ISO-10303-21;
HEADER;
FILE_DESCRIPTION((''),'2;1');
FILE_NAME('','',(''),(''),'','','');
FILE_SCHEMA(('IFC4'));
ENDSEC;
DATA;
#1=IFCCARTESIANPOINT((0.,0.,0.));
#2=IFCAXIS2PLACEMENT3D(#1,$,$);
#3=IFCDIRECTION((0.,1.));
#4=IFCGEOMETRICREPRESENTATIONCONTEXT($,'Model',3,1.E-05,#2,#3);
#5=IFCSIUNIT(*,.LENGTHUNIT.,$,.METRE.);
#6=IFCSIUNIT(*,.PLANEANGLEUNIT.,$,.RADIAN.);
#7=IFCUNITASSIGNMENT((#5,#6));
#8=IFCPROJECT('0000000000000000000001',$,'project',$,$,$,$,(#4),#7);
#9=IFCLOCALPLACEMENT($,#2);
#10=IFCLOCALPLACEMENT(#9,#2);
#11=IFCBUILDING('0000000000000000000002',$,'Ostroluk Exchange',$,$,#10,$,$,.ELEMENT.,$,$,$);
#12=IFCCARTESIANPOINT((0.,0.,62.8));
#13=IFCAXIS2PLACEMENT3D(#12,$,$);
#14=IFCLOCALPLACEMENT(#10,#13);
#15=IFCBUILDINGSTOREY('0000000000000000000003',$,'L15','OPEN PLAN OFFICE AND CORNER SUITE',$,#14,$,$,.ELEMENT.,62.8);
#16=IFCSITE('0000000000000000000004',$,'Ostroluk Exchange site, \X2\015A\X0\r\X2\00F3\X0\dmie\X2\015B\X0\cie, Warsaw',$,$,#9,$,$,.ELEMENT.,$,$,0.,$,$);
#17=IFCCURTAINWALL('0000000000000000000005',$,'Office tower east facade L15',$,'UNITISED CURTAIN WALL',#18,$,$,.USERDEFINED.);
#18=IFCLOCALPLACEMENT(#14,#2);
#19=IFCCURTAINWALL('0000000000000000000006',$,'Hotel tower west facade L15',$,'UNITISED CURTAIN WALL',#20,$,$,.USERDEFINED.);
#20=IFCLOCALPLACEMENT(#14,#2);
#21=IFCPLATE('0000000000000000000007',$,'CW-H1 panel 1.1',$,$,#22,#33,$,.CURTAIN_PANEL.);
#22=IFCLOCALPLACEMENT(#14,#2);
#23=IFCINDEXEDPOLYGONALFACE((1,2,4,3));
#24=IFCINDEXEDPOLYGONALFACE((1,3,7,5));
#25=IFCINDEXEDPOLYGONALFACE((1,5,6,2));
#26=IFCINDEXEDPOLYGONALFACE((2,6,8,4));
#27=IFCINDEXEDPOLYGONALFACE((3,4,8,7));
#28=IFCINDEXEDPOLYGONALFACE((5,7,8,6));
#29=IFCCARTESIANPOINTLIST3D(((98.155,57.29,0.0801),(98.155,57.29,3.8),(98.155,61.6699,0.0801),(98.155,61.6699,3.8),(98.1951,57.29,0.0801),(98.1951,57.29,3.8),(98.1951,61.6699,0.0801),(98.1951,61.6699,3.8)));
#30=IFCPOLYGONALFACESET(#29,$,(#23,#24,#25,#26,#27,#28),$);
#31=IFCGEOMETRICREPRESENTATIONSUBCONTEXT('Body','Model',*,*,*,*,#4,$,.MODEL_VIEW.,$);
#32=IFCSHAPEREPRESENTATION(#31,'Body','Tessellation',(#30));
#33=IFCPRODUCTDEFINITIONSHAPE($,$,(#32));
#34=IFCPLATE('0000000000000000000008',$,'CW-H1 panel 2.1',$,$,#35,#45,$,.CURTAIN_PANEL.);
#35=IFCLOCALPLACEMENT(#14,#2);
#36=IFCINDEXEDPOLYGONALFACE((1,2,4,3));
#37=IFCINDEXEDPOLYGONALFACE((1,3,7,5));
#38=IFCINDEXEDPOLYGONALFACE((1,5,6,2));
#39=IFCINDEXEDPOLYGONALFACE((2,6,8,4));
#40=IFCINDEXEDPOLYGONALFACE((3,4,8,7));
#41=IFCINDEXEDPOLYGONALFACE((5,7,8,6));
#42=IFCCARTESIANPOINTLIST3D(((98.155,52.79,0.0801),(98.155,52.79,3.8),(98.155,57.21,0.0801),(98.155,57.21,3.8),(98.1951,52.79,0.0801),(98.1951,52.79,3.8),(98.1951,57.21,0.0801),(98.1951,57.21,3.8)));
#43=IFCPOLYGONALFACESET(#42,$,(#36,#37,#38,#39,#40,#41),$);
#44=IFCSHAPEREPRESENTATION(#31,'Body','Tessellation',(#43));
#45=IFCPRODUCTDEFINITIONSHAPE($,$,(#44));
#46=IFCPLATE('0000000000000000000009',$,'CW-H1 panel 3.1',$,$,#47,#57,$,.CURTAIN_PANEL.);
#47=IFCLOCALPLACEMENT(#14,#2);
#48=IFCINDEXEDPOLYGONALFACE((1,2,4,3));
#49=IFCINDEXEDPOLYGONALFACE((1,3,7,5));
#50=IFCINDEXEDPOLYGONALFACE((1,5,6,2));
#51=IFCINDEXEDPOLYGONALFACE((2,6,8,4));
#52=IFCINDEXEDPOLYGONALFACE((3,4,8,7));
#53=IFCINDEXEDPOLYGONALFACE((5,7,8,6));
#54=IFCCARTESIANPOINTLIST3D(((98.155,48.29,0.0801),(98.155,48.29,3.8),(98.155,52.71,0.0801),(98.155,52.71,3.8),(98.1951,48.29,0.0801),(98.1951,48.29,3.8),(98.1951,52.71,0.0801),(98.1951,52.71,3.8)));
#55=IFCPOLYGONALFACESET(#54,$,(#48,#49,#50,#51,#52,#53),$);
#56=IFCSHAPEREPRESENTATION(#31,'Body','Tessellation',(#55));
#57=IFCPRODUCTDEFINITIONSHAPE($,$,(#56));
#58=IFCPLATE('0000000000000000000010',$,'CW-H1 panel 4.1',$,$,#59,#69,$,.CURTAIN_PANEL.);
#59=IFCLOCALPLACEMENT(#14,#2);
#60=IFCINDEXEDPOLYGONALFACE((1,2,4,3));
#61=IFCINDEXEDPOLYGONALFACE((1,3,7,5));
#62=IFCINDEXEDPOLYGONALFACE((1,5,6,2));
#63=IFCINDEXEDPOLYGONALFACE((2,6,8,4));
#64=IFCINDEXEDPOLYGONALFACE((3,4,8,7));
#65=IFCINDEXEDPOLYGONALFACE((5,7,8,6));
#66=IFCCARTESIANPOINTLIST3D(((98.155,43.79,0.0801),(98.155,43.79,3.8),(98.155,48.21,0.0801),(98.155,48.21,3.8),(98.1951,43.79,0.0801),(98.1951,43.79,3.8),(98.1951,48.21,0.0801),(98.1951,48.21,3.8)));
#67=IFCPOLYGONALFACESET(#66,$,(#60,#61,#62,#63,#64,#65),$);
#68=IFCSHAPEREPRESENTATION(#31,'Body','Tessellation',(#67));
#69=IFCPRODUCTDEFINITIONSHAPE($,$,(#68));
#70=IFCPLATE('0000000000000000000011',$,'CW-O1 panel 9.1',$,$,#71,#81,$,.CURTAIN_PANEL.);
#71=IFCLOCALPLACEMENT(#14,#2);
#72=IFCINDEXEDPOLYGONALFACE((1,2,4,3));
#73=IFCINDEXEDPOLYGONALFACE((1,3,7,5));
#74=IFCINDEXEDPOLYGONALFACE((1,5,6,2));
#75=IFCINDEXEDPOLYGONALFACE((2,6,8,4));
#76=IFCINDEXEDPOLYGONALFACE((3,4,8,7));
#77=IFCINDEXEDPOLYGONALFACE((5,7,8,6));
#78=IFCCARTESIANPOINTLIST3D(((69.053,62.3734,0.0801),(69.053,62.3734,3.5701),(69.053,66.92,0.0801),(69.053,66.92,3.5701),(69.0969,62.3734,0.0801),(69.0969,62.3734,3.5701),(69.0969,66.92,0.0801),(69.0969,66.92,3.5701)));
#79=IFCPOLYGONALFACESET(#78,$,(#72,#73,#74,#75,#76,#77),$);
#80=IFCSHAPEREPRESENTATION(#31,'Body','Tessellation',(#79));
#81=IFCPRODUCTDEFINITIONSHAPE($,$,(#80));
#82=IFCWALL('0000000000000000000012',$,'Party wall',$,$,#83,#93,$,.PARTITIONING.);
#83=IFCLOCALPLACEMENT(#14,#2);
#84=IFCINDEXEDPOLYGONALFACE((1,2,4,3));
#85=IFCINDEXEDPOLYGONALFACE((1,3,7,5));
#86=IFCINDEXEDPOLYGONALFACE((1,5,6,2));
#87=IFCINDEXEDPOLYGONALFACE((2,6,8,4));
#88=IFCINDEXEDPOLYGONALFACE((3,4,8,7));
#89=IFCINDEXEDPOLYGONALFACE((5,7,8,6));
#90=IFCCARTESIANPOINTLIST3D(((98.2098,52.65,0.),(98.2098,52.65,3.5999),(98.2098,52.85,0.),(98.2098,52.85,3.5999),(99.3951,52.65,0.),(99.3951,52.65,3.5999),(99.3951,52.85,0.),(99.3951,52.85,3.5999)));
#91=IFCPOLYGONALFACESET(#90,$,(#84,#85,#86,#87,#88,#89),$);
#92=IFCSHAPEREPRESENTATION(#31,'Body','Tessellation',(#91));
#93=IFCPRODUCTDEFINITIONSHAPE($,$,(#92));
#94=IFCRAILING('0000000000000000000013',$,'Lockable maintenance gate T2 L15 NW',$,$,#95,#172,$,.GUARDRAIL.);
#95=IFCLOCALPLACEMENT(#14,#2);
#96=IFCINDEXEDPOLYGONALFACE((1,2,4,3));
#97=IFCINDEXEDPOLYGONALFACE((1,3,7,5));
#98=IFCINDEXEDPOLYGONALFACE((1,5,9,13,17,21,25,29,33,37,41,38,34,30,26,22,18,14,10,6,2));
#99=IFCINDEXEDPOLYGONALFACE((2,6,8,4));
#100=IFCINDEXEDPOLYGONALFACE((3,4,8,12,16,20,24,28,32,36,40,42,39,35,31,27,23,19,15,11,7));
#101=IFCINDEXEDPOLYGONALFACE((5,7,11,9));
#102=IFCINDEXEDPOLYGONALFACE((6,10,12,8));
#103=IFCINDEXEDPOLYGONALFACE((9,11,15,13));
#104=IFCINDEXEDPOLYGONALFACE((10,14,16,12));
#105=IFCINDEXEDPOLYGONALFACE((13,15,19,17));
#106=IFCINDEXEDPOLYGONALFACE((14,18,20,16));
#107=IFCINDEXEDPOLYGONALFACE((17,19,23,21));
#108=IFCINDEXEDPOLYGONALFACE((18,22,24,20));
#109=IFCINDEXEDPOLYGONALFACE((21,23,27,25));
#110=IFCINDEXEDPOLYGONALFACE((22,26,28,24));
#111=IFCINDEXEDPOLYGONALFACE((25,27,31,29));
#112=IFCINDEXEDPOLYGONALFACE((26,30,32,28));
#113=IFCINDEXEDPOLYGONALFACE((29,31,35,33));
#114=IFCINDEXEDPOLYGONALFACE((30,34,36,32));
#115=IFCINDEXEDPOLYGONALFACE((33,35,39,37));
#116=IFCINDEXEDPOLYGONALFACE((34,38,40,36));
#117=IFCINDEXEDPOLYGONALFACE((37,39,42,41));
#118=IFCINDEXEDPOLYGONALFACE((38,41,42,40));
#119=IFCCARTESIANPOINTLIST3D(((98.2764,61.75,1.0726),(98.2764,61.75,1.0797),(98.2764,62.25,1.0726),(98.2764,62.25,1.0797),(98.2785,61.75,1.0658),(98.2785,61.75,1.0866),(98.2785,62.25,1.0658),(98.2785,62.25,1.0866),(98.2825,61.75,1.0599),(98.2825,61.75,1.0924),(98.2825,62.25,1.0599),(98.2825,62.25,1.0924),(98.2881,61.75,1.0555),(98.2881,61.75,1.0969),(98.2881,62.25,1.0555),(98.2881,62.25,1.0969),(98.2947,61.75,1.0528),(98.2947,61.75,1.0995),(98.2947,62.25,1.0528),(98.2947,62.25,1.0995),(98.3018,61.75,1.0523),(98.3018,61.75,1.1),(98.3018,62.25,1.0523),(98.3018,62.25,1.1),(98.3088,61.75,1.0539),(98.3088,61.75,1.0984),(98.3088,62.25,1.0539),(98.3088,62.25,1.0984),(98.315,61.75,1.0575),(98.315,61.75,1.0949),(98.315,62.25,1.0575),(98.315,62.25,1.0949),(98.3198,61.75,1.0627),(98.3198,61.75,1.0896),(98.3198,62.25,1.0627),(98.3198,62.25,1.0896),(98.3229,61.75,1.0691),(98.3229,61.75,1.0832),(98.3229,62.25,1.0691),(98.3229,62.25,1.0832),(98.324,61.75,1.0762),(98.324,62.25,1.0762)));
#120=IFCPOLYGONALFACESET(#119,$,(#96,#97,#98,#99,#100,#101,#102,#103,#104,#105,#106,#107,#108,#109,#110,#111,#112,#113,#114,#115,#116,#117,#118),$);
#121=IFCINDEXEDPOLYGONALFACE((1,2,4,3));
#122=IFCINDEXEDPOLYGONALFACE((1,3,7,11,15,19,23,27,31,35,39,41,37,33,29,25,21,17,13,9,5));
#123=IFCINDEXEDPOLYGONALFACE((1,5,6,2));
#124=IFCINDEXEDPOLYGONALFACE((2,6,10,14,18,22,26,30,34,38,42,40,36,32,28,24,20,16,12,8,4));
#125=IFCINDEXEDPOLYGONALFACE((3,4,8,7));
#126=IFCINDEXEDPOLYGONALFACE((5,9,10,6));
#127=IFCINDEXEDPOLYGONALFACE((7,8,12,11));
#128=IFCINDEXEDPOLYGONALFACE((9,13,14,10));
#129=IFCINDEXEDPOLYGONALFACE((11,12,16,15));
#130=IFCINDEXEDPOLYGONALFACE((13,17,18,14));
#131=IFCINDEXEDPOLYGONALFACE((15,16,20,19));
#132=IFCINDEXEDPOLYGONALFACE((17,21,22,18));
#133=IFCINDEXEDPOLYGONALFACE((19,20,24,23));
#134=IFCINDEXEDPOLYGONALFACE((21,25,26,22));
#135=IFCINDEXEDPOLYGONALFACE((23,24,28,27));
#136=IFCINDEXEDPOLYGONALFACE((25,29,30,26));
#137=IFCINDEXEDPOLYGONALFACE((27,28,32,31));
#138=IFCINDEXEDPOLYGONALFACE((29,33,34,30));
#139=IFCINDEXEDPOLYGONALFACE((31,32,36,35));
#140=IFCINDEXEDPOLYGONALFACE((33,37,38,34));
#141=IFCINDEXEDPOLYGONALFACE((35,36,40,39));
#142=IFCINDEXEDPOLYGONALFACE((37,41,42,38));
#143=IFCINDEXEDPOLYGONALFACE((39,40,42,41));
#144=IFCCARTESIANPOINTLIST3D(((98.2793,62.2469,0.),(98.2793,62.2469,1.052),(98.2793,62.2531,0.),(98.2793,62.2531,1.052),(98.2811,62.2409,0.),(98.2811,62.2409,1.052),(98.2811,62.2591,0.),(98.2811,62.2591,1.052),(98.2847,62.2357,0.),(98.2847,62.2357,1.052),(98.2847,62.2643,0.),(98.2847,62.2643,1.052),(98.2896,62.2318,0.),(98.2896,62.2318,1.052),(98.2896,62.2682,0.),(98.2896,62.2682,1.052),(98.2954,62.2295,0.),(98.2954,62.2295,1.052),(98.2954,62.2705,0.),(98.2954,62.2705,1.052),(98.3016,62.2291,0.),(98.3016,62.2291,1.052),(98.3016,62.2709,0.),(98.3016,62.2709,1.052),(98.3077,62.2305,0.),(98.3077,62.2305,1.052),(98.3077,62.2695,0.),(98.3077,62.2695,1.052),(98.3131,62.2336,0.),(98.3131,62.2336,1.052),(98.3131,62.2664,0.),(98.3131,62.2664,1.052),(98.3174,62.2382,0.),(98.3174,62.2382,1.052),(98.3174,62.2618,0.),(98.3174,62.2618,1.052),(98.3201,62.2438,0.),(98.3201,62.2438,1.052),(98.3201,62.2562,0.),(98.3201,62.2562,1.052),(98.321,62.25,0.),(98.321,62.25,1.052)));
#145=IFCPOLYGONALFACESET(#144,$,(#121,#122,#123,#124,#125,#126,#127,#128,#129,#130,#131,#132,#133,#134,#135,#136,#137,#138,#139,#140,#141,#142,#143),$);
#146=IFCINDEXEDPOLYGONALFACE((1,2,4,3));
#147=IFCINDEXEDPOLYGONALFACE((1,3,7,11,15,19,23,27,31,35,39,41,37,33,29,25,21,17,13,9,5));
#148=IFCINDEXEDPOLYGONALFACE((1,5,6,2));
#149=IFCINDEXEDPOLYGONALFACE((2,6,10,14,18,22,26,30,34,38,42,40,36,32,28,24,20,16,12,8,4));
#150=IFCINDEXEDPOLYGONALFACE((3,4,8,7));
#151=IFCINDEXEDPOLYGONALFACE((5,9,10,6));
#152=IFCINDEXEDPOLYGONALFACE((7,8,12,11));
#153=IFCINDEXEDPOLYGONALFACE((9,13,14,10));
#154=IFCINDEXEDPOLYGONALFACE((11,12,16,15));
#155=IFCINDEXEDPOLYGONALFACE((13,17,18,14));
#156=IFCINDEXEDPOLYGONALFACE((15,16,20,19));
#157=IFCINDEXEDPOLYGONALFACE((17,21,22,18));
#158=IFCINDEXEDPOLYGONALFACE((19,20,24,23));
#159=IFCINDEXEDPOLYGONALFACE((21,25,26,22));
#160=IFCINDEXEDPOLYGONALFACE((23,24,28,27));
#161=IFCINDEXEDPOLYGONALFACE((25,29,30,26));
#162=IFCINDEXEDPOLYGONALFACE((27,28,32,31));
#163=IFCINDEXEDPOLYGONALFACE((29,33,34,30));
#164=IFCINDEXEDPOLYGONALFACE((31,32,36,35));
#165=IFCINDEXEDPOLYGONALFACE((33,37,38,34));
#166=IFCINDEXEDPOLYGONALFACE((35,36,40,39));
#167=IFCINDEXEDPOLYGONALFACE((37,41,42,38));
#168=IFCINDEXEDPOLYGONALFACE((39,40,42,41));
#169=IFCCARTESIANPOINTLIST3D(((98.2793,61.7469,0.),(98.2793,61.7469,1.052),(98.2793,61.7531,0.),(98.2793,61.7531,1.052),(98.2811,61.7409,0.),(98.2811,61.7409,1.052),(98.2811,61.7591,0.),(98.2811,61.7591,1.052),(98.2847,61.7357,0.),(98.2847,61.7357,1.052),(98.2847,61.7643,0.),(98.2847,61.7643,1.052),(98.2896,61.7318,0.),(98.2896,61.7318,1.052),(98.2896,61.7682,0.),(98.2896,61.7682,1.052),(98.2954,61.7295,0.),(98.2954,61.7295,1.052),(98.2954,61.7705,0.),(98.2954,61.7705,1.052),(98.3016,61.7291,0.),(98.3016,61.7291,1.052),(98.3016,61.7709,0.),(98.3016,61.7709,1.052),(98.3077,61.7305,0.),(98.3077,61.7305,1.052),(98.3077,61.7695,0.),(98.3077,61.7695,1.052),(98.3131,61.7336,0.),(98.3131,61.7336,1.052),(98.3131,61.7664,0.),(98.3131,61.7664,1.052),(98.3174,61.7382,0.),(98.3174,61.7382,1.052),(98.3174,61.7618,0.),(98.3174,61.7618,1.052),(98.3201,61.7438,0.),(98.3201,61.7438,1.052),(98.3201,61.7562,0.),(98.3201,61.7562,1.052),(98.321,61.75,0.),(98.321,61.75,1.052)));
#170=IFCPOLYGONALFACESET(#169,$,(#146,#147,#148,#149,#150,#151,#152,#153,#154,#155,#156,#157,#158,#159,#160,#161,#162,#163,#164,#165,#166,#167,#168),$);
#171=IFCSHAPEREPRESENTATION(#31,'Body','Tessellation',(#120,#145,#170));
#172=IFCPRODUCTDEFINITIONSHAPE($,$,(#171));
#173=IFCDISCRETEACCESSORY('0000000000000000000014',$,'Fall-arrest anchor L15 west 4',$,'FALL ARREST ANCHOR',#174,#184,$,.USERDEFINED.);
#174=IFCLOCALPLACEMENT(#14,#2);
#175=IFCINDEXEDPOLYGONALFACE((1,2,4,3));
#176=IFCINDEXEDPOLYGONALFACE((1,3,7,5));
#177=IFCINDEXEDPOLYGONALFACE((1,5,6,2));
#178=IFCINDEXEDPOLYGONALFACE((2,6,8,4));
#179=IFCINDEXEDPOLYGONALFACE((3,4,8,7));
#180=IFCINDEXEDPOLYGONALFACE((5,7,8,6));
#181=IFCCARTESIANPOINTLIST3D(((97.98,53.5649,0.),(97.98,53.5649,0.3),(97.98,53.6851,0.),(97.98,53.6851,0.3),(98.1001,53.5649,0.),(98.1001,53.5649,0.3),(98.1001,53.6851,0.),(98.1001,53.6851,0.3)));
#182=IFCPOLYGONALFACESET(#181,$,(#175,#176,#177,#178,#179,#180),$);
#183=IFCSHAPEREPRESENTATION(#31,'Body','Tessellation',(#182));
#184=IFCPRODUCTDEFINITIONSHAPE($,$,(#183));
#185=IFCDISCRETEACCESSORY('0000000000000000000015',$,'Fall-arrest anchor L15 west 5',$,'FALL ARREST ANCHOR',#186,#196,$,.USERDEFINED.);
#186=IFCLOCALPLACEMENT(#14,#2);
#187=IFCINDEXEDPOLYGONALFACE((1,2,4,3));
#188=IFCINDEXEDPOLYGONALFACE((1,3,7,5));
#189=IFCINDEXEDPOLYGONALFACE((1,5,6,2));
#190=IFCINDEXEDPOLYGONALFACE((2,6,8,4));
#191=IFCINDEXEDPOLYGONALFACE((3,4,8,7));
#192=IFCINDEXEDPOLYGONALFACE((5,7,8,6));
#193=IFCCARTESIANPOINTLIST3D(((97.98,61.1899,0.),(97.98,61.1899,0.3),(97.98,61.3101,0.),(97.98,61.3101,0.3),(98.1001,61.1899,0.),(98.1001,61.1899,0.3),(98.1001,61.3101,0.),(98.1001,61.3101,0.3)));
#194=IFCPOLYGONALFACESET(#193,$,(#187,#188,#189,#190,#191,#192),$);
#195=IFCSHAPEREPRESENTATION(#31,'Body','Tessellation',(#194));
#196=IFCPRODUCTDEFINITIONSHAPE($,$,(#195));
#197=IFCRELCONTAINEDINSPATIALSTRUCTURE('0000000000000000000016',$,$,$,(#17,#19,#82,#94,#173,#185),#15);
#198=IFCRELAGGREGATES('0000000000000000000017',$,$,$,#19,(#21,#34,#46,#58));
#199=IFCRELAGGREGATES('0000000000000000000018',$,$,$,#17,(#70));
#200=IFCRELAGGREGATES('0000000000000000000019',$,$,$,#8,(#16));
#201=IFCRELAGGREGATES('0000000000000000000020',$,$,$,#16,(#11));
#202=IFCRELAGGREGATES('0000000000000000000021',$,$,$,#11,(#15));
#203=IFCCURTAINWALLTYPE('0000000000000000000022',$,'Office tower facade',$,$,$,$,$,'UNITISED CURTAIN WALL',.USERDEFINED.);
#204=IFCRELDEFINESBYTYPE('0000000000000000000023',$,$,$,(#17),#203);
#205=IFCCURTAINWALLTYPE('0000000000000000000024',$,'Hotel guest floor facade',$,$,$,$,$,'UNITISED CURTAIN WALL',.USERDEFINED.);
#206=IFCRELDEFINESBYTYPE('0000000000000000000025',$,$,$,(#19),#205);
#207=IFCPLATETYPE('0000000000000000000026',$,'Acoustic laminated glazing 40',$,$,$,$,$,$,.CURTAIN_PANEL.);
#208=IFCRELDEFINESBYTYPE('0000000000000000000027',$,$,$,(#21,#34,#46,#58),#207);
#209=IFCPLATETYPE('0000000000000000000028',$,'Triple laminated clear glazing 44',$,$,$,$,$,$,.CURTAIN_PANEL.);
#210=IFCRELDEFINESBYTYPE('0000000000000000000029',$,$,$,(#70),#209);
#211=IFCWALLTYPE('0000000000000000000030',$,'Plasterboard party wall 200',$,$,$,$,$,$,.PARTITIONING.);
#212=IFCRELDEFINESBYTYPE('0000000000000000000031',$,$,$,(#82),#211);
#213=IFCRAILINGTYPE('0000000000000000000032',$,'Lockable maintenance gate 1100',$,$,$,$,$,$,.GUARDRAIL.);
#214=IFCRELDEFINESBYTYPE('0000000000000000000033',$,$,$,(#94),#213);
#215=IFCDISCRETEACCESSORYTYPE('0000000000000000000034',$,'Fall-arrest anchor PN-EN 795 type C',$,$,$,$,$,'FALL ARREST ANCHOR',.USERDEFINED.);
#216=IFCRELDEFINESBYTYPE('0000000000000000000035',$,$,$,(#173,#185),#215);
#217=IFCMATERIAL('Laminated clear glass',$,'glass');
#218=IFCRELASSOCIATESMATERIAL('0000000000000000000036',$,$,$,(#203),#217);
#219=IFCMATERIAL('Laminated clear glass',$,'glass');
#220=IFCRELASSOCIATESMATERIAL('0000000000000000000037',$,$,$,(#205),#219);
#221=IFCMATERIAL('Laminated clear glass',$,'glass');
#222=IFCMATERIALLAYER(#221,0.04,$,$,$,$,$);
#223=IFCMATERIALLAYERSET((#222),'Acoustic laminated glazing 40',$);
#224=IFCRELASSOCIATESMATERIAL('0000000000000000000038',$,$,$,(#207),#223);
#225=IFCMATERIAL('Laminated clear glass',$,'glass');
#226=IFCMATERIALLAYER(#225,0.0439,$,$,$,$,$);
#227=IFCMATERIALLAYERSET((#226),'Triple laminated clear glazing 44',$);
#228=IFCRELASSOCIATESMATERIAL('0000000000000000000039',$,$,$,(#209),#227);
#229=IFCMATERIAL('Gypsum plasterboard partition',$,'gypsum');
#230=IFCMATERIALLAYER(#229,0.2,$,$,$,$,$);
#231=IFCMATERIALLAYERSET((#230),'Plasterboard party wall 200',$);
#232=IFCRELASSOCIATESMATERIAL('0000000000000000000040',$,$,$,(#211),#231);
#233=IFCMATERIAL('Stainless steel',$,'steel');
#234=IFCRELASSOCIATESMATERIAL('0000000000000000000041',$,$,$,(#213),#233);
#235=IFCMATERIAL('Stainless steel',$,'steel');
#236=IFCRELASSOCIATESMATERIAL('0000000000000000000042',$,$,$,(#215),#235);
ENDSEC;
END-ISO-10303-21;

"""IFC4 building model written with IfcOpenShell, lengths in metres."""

from ifc_helpers import new_model, si_unit, direction, frame, frame_2d, origin, origin_2d, place, context, subcontext, project, spatial, rectangle, circle, extrude, material, layer, layer_set, type_object, element, aggregate, save


model = new_model("IFC4")

# Units and contexts
model_context = context("Model", 3, precision=1e-05, world=origin(), true_north=direction((0.0, 1.0)))
body_context = subcontext(model_context, "Body", "Model", "MODEL_VIEW")
ifc_project = project(units=[si_unit("LENGTHUNIT", "METRE"), si_unit("PLANEANGLEUNIT", "RADIAN")], contexts=[model_context])

# Site, building, storey
site_placement = place(None, origin())
site = spatial("IfcSite", under=ifc_project, at=site_placement, Name="Ostroluk Exchange site, Śródmieście, Warsaw", CompositionType="ELEMENT", RefElevation=0.0)
building_placement = place(site_placement, origin())
building = spatial("IfcBuilding", under=site, at=building_placement, Name="Ostroluk Exchange", CompositionType="ELEMENT")
storey_placement = place(building_placement, frame((0.0, 0.0, 62.8)))
storey = spatial("IfcBuildingStorey", under=building, at=storey_placement, Name="L15", Description="OPEN PLAN OFFICE AND CORNER SUITE", CompositionType="ELEMENT", Elevation=62.8)

# Curtain wall
ifc_material_1 = material(Name="Laminated clear glass", Category="glass")
curtain_wall_type_1 = type_object("IfcCurtainWallType", Name="Office tower facade", ElementType="UNITISED CURTAIN WALL", PredefinedType="USERDEFINED", material=ifc_material_1)
curtain_wall_1_placement = place(storey_placement, origin())
curtain_wall_1 = element("IfcCurtainWall", 1, at=curtain_wall_1_placement, inside=storey, type_object=curtain_wall_type_1, Name="Office tower east facade L15", ObjectType="UNITISED CURTAIN WALL", PredefinedType="USERDEFINED")

# Curtain wall
ifc_material_2 = material(Name="Laminated clear glass", Category="glass")
curtain_wall_type_2 = type_object("IfcCurtainWallType", Name="Hotel guest floor facade", ElementType="UNITISED CURTAIN WALL", PredefinedType="USERDEFINED", material=ifc_material_2)
curtain_wall_2_placement = place(storey_placement, origin())
curtain_wall_2 = element("IfcCurtainWall", 2, at=curtain_wall_2_placement, inside=storey, type_object=curtain_wall_type_2, Name="Hotel tower west facade L15", ObjectType="UNITISED CURTAIN WALL", PredefinedType="USERDEFINED")

# Plates
ifc_material_3 = material(Name="Laminated clear glass", Category="glass")
ifc_layer_1 = layer(ifc_material_3, 0.04)
ifc_layer_set_1 = layer_set([ifc_layer_1], Name="Acoustic laminated glazing 40")
plate_type_1 = type_object("IfcPlateType", Name="Acoustic laminated glazing 40", PredefinedType="CURTAIN_PANEL", material=ifc_layer_set_1)
plate_1_placement = place(storey_placement, frame((98.175, 59.48, 0.0801), z_axis=(0.0, 0.0, 1.0), x_axis=(0.0, -1.0, 0.0)))
plate_1 = element("IfcPlate", 3, at=plate_1_placement, type_object=plate_type_1, Name="CW-H1 panel 1.1", PredefinedType="CURTAIN_PANEL", context=body_context, shape_type="SweptSolid", body=[
    extrude(rectangle(XDim=4.3799, YDim=0.04, at=origin_2d()), origin(), (0.0, 0.0, 1.0), 3.72),
])
plate_2_placement = place(storey_placement, frame((98.175, 55.0, 0.0801), z_axis=(0.0, 0.0, 1.0), x_axis=(0.0, -1.0, 0.0)))
plate_2 = element("IfcPlate", 4, at=plate_2_placement, type_object=plate_type_1, Name="CW-H1 panel 2.1", PredefinedType="CURTAIN_PANEL", context=body_context, shape_type="SweptSolid", body=[
    extrude(rectangle(XDim=4.4199, YDim=0.04, at=origin_2d()), origin(), (0.0, 0.0, 1.0), 3.72),
])
plate_3_placement = place(storey_placement, frame((98.175, 50.5, 0.0801), z_axis=(0.0, 0.0, 1.0), x_axis=(0.0, -1.0, 0.0)))
plate_3 = element("IfcPlate", 5, at=plate_3_placement, type_object=plate_type_1, Name="CW-H1 panel 3.1", PredefinedType="CURTAIN_PANEL", context=body_context, shape_type="SweptSolid", body=[
    extrude(rectangle(XDim=4.4199, YDim=0.04, at=origin_2d()), origin(), (0.0, 0.0, 1.0), 3.72),
])
plate_4_placement = place(storey_placement, frame((98.175, 46.0, 0.0801), z_axis=(0.0, 0.0, 1.0), x_axis=(0.0, -1.0, 0.0)))
plate_4 = element("IfcPlate", 6, at=plate_4_placement, type_object=plate_type_1, Name="CW-H1 panel 4.1", PredefinedType="CURTAIN_PANEL", context=body_context, shape_type="SweptSolid", body=[
    extrude(rectangle(XDim=4.4199, YDim=0.04, at=origin_2d()), origin(), (0.0, 0.0, 1.0), 3.72),
])
aggregate(curtain_wall_2, [plate_1, plate_2, plate_3, plate_4])
ifc_material_4 = material(Name="Laminated clear glass", Category="glass")
ifc_layer_2 = layer(ifc_material_4, 0.0439)
ifc_layer_set_2 = layer_set([ifc_layer_2], Name="Triple laminated clear glazing 44")
plate_type_2 = type_object("IfcPlateType", Name="Triple laminated clear glazing 44", PredefinedType="CURTAIN_PANEL", material=ifc_layer_set_2)
plate_5_placement = place(storey_placement, frame((69.075, 64.6467, 0.0801), z_axis=(0.0, 0.0, 1.0), x_axis=(0.0, 1.0, 0.0)))
plate_5 = element("IfcPlate", 7, at=plate_5_placement, type_object=plate_type_2, Name="CW-O1 panel 9.1", PredefinedType="CURTAIN_PANEL", context=body_context, shape_type="SweptSolid", body=[
    extrude(rectangle(XDim=4.5466, YDim=0.0439, at=origin_2d()), origin(), (0.0, 0.0, 1.0), 3.49),
])
aggregate(curtain_wall_1, [plate_5])

# Wall
ifc_material_5 = material(Name="Gypsum plasterboard partition", Category="gypsum")
ifc_layer_3 = layer(ifc_material_5, 0.2)
ifc_layer_set_3 = layer_set([ifc_layer_3], Name="Plasterboard party wall 200")
wall_type = type_object("IfcWallType", Name="Plasterboard party wall 200", PredefinedType="PARTITIONING", material=ifc_layer_set_3)
wall_placement = place(storey_placement, frame((99.3953, 52.75, 0.0), z_axis=(0.0, 0.0, 1.0), x_axis=(-1.0, 0.0, 0.0)))
element("IfcWall", 8, at=wall_placement, inside=storey, type_object=wall_type, Name="Party wall", PredefinedType="PARTITIONING", context=body_context, shape_type="SweptSolid", body=[
    extrude(rectangle(XDim=1.1853, YDim=0.2, at=frame_2d((0.5928, 0.0))), origin(), (0.0, 0.0, 1.0), 3.5999),
])

# Railing
ifc_material_6 = material(Name="Stainless steel", Category="steel")
railing_type = type_object("IfcRailingType", Name="Lockable maintenance gate 1100", PredefinedType="GUARDRAIL", material=ifc_material_6)
railing_placement = place(storey_placement, frame((98.3, 62.25, 0.0)))
element("IfcRailing", 9, at=railing_placement, inside=storey, type_object=railing_type, Name="Lockable maintenance gate T2 L15 NW", PredefinedType="GUARDRAIL", context=body_context, shape_type="SweptSolid", body=[
    extrude(circle(Radius=0.0239, at=origin_2d()), frame((0.0, 0.0, 1.0762), z_axis=(0.0, -1.0, 0.0), x_axis=(1.0, 0.0, 0.0)), (0.0, 0.0, 1.0), 0.5),
    extrude(circle(Radius=0.021, at=origin_2d()), origin(), (0.0, 0.0, 1.0), 1.052),
    extrude(circle(Radius=0.021, at=origin_2d()), frame((0.0, -0.5, 0.0)), (0.0, 0.0, 1.0), 1.052),
])

# Discrete accessories
ifc_material_7 = material(Name="Stainless steel", Category="steel")
discrete_accessory_type = type_object("IfcDiscreteAccessoryType", Name="Fall-arrest anchor PN-EN 795 type C", ElementType="FALL ARREST ANCHOR", PredefinedType="USERDEFINED", material=ifc_material_7)
for number, where, z_axis, x_axis, name in (
    (10, (98.04, 53.625, 0.0), (0.0, 0.0, 1.0), (1.0, 0.0, 0.0), "Fall-arrest anchor L15 west 4"),
    (11, (98.04, 61.25, 0.0), (0.0, 0.0, 1.0), (1.0, 0.0, 0.0), "Fall-arrest anchor L15 west 5"),
):
    element("IfcDiscreteAccessory", number, at=place(storey_placement, frame(where, z_axis=z_axis, x_axis=x_axis)), inside=storey, type_object=discrete_accessory_type, Name=name, ObjectType="FALL ARREST ANCHOR", PredefinedType="USERDEFINED", context=body_context, shape_type="SweptSolid", body=[
        extrude(rectangle(XDim=0.1201, YDim=0.1201, at=origin_2d()), origin(), (0.0, 0.0, 1.0), 0.3),
    ])

save(model, "model.ifc")
